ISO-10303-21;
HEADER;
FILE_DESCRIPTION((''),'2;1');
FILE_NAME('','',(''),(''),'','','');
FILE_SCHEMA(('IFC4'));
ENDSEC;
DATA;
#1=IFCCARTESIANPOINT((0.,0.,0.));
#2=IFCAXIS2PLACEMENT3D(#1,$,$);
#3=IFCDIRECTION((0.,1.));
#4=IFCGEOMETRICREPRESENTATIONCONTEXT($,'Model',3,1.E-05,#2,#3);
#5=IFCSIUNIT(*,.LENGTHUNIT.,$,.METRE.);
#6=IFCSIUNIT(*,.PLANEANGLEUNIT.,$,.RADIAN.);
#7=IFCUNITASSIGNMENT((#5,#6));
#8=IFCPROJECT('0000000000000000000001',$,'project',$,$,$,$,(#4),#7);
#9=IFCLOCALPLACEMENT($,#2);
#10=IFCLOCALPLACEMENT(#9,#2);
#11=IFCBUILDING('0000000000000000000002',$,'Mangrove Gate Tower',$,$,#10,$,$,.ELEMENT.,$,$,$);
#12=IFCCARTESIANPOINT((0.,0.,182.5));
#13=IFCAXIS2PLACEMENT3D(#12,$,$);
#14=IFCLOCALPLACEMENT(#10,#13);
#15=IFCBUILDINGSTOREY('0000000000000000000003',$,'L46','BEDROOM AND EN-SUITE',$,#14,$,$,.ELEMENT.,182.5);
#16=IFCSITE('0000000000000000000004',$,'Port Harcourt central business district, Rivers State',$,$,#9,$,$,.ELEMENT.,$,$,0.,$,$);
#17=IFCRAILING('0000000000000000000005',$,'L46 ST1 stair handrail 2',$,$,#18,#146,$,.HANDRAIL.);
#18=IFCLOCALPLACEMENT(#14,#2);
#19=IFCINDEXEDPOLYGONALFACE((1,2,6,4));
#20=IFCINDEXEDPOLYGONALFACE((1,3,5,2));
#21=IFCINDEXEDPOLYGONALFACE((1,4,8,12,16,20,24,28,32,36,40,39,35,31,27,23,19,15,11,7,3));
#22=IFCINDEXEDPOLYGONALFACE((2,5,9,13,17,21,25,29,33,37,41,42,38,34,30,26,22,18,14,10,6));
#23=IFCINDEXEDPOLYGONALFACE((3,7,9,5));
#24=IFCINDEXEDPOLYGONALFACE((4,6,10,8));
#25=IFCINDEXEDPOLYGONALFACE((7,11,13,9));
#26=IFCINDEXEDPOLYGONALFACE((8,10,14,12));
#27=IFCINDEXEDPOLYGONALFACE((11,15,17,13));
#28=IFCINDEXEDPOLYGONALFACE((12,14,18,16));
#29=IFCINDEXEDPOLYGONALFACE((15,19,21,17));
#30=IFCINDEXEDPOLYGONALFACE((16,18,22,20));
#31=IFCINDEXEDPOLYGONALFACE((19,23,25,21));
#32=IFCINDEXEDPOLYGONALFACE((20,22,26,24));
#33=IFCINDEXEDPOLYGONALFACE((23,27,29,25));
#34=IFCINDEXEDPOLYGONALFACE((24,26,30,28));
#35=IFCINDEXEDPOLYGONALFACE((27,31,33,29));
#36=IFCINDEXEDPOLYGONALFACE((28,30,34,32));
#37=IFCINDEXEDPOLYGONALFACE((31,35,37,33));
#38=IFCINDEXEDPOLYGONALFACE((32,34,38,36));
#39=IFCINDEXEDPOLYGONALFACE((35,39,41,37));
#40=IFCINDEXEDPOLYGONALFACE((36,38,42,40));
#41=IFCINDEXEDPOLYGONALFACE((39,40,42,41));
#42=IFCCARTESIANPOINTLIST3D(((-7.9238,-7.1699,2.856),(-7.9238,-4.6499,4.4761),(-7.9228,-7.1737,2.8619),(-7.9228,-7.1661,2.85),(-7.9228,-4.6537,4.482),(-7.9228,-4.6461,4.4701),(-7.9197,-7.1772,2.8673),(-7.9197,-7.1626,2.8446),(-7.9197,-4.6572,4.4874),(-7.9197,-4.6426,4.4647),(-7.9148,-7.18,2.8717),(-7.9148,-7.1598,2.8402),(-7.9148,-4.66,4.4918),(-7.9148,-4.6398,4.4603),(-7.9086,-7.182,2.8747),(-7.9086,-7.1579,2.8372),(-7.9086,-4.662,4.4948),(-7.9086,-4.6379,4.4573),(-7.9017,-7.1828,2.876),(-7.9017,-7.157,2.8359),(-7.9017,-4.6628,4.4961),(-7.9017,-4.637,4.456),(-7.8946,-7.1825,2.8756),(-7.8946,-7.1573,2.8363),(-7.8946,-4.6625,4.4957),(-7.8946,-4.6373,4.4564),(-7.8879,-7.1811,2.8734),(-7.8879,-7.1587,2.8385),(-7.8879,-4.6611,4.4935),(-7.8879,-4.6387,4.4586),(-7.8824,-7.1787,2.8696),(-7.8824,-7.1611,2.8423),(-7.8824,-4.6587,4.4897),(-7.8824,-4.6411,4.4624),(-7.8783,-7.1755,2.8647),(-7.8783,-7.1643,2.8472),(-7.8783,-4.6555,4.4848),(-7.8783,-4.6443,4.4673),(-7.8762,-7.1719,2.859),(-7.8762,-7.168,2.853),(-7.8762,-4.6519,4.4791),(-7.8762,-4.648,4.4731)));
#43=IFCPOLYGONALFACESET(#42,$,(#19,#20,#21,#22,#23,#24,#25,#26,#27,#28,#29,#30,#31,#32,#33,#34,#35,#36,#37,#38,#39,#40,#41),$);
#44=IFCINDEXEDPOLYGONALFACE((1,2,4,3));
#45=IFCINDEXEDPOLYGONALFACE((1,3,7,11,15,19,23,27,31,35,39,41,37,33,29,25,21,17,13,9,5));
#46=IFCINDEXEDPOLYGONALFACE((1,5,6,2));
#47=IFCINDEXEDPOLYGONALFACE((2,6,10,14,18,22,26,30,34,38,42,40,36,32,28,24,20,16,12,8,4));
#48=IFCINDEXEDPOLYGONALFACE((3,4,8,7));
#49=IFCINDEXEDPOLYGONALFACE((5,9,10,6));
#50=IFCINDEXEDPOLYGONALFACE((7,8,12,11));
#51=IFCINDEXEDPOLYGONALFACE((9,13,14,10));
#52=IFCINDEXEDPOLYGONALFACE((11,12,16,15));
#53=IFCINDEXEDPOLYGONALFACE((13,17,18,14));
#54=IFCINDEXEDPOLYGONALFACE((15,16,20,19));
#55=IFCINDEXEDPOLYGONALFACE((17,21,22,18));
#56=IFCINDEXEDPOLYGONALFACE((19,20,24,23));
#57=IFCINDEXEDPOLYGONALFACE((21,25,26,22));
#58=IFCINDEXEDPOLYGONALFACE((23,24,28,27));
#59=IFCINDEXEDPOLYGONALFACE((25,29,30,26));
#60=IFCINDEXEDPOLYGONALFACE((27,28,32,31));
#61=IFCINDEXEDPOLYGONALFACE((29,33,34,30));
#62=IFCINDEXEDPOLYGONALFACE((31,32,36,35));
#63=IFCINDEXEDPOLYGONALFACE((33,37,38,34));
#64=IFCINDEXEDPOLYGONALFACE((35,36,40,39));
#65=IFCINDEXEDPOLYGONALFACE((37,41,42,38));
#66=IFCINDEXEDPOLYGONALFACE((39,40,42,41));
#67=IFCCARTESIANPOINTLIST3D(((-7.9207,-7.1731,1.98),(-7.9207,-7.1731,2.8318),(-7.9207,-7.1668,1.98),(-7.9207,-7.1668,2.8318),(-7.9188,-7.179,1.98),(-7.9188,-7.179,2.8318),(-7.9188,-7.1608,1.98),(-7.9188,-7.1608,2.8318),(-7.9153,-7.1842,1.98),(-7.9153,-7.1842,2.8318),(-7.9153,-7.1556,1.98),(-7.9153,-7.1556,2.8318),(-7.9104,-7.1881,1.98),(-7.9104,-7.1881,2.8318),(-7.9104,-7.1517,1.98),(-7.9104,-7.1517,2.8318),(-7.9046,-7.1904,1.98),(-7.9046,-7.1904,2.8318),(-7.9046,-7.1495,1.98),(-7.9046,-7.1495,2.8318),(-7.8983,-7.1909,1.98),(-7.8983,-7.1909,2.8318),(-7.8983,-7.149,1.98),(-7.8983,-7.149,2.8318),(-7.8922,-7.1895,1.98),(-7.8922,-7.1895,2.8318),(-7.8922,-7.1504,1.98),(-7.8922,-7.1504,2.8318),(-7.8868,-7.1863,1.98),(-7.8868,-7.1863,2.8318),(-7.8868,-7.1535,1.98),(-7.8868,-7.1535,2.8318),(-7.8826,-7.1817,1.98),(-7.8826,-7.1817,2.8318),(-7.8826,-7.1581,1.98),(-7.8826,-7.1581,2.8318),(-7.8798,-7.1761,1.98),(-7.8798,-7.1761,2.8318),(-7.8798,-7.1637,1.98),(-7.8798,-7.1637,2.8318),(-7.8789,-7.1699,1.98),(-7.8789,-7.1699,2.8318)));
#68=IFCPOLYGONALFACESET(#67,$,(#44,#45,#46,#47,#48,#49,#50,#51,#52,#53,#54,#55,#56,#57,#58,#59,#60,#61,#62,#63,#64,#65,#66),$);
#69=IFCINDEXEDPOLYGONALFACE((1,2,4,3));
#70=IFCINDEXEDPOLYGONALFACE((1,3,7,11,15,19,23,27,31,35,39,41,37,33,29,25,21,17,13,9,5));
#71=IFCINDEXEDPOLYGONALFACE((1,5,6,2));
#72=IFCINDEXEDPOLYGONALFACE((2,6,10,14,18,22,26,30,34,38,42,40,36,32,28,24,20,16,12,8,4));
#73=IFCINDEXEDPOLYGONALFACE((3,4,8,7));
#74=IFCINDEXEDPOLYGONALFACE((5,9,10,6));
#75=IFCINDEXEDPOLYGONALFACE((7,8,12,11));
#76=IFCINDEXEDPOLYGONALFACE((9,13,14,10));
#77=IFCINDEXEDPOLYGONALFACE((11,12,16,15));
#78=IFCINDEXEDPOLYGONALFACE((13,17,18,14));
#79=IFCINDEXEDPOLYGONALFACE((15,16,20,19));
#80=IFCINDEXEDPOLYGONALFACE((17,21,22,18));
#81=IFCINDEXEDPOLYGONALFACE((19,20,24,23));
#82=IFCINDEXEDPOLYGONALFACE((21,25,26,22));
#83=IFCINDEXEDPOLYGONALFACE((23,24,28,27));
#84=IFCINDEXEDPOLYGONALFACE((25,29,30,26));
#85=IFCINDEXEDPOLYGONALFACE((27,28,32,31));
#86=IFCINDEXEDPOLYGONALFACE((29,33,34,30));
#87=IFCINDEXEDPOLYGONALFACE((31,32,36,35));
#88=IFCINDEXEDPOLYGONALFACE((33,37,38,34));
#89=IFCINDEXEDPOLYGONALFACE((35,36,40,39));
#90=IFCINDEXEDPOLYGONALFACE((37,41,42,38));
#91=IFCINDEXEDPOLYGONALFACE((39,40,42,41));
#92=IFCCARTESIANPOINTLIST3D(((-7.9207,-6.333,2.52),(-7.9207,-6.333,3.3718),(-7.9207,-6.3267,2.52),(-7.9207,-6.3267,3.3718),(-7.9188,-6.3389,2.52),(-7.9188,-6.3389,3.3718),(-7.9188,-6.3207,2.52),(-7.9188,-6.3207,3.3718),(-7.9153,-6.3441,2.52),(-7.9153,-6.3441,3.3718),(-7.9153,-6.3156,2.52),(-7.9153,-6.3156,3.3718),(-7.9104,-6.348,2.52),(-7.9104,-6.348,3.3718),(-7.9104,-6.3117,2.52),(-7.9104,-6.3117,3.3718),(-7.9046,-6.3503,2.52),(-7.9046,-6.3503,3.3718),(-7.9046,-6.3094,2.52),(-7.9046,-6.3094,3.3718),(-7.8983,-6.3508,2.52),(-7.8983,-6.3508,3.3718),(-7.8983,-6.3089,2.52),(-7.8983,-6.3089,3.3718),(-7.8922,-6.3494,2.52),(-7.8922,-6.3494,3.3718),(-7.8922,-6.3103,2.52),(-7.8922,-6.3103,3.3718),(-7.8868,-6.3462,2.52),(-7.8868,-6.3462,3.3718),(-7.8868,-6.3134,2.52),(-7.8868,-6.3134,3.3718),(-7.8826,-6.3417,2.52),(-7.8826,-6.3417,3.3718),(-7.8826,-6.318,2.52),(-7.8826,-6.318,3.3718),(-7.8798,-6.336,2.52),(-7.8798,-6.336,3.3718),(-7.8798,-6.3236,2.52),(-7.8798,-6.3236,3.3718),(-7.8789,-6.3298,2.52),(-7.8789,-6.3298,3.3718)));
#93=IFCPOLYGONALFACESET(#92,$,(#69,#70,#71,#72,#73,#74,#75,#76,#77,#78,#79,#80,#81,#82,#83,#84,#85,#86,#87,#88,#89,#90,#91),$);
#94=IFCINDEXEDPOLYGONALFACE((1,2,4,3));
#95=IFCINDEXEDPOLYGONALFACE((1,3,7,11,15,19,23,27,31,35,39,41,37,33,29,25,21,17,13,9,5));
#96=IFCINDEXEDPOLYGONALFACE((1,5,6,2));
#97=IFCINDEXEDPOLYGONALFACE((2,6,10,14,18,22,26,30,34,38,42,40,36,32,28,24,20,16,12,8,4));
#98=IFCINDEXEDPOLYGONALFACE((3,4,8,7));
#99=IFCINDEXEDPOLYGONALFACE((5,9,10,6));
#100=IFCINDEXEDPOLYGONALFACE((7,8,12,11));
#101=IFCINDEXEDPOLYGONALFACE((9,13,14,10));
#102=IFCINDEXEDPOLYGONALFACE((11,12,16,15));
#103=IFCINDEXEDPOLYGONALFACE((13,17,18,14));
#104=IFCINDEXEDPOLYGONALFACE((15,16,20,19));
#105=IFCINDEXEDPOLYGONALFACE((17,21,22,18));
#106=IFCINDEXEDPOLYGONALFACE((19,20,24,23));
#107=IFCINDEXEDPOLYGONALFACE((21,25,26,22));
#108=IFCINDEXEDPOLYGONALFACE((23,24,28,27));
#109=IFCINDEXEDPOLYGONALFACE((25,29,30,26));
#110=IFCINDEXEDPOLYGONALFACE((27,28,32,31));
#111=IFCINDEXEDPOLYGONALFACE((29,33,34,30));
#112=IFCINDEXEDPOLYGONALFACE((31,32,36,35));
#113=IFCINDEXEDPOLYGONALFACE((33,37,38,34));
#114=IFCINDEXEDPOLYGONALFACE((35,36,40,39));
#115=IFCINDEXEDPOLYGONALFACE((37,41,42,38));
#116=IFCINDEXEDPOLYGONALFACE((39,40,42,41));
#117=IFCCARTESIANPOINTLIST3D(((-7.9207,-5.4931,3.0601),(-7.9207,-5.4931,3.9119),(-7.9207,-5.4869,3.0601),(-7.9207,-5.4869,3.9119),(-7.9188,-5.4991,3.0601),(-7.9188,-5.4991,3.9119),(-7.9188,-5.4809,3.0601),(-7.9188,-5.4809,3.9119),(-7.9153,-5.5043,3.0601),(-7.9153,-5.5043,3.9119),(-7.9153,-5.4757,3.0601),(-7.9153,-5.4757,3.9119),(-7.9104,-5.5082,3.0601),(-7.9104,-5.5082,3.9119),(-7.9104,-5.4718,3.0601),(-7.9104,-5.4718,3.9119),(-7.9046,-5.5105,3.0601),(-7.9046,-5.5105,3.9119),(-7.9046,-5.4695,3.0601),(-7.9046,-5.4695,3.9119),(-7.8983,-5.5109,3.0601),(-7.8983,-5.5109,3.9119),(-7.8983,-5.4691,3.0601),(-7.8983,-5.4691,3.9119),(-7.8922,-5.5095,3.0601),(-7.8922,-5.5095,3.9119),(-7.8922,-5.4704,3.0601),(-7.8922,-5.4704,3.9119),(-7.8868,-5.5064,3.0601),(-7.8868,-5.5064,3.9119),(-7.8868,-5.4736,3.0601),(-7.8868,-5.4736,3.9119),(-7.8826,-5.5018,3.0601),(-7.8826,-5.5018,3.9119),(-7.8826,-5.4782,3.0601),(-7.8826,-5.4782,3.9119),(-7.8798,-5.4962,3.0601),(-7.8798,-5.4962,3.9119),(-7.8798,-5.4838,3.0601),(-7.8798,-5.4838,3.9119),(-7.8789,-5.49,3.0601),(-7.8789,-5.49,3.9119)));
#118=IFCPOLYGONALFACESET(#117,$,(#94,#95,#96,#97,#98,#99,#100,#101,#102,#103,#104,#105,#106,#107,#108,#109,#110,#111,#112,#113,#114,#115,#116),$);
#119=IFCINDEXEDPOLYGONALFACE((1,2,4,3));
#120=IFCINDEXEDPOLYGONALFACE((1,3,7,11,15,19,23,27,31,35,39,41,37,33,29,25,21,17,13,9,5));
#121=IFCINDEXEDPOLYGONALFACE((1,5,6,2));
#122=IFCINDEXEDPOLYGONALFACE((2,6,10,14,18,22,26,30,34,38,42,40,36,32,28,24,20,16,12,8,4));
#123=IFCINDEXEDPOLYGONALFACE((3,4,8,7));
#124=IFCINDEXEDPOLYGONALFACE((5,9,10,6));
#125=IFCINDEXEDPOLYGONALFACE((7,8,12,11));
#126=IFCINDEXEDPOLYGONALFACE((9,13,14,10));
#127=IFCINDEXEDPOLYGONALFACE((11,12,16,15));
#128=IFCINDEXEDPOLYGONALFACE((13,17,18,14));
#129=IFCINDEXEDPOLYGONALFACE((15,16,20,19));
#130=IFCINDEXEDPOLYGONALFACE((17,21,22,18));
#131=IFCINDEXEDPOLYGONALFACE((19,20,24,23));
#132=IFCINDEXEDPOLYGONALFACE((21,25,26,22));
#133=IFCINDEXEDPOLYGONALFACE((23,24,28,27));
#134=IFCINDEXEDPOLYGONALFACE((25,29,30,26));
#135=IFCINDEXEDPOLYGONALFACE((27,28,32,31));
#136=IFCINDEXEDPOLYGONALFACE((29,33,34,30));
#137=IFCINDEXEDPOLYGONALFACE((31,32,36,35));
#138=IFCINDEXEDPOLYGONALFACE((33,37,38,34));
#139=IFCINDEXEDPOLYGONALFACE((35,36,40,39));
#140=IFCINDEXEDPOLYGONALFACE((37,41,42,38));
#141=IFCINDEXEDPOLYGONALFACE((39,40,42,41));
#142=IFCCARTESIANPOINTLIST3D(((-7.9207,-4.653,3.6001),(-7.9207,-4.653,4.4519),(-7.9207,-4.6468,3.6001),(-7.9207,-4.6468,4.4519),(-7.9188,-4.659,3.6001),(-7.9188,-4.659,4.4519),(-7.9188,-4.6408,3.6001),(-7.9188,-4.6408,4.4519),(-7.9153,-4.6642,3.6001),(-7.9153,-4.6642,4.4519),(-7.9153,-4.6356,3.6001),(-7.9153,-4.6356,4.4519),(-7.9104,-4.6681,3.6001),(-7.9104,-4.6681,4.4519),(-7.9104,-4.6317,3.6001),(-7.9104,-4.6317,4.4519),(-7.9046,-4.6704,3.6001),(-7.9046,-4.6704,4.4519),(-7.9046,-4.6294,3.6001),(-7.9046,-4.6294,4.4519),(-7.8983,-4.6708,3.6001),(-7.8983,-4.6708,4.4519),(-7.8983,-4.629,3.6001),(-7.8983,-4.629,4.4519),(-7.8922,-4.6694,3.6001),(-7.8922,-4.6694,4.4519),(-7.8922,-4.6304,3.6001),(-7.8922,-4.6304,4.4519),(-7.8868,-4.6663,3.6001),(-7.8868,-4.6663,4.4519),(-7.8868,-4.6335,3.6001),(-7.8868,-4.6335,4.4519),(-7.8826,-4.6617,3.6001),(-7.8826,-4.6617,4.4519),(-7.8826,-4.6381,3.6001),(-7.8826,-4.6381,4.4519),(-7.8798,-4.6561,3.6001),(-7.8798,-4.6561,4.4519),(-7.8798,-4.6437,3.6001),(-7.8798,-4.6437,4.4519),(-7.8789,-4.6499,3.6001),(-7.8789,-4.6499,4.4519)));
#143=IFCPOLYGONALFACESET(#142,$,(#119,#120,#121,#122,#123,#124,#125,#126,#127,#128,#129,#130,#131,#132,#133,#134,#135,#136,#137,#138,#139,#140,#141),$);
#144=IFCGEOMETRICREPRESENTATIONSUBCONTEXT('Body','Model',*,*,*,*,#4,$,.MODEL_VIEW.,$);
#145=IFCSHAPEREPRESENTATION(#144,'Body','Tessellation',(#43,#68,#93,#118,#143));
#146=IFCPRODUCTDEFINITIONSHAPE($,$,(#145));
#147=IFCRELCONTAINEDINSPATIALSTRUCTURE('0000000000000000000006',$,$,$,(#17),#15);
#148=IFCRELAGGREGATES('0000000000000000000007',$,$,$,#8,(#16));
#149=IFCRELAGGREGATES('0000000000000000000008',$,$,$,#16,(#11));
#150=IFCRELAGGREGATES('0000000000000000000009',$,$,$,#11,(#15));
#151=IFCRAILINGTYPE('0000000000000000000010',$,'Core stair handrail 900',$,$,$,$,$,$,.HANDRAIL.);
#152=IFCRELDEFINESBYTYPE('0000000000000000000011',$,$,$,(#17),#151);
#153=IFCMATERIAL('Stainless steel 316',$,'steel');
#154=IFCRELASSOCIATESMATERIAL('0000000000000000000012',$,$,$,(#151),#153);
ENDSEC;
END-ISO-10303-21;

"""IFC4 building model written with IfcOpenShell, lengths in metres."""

from ifc_helpers import new_model, si_unit, direction, frame, origin, origin_2d, place, context, subcontext, project, spatial, circle, extrude, material, type_object, element, save


model = new_model("IFC4")

# Units and contexts
model_context = context("Model", 3, precision=1e-05, world=origin(), true_north=direction((0.0, 1.0)))
body_context = subcontext(model_context, "Body", "Model", "MODEL_VIEW")
ifc_project = project(units=[si_unit("LENGTHUNIT", "METRE"), si_unit("PLANEANGLEUNIT", "RADIAN")], contexts=[model_context])

# Site, building, storey
site_placement = place(None, origin())
site = spatial("IfcSite", under=ifc_project, at=site_placement, Name="Port Harcourt central business district, Rivers State", CompositionType="ELEMENT", RefElevation=0.0)
building_placement = place(site_placement, origin())
building = spatial("IfcBuilding", under=site, at=building_placement, Name="Mangrove Gate Tower", CompositionType="ELEMENT")
storey_placement = place(building_placement, frame((0.0, 0.0, 182.5)))
storey = spatial("IfcBuildingStorey", under=building, at=storey_placement, Name="L46", Description="BEDROOM AND EN-SUITE", CompositionType="ELEMENT", Elevation=182.5)

# Railing
ifc_material_1 = material(Name="Stainless steel 316", Category="steel")
railing_type_1 = type_object("IfcRailingType", Name="Core stair handrail 900", PredefinedType="HANDRAIL", material=ifc_material_1)
railing_1_placement = place(storey_placement, frame((-7.8999, -7.1699, 1.98)))
element("IfcRailing", 1, at=railing_1_placement, inside=storey, type_object=railing_type_1, Name="L46 ST1 stair handrail 2", PredefinedType="HANDRAIL", context=body_context, shape_type="SweptSolid", body=[
    extrude(circle(Radius=0.0239, at=origin_2d()), frame((0.0, 0.0, 0.876), z_axis=(0.0, 0.841163, 0.540782), x_axis=(-1.0, 0.0, 0.0)), (0.0, 0.0, 1.0), 2.9958),
    extrude(circle(Radius=0.021, at=origin_2d()), origin(), (0.0, 0.0, 1.0), 0.8518),
    extrude(circle(Radius=0.021, at=origin_2d()), frame((0.0, 0.8401, 0.54)), (0.0, 0.0, 1.0), 0.8518),
    extrude(circle(Radius=0.021, at=origin_2d()), frame((0.0, 1.6799, 1.0801)), (0.0, 0.0, 1.0), 0.8518),
    extrude(circle(Radius=0.021, at=origin_2d()), frame((0.0, 2.52, 1.6201)), (0.0, 0.0, 1.0), 0.8518),
])

save(model, "model.ifc")
